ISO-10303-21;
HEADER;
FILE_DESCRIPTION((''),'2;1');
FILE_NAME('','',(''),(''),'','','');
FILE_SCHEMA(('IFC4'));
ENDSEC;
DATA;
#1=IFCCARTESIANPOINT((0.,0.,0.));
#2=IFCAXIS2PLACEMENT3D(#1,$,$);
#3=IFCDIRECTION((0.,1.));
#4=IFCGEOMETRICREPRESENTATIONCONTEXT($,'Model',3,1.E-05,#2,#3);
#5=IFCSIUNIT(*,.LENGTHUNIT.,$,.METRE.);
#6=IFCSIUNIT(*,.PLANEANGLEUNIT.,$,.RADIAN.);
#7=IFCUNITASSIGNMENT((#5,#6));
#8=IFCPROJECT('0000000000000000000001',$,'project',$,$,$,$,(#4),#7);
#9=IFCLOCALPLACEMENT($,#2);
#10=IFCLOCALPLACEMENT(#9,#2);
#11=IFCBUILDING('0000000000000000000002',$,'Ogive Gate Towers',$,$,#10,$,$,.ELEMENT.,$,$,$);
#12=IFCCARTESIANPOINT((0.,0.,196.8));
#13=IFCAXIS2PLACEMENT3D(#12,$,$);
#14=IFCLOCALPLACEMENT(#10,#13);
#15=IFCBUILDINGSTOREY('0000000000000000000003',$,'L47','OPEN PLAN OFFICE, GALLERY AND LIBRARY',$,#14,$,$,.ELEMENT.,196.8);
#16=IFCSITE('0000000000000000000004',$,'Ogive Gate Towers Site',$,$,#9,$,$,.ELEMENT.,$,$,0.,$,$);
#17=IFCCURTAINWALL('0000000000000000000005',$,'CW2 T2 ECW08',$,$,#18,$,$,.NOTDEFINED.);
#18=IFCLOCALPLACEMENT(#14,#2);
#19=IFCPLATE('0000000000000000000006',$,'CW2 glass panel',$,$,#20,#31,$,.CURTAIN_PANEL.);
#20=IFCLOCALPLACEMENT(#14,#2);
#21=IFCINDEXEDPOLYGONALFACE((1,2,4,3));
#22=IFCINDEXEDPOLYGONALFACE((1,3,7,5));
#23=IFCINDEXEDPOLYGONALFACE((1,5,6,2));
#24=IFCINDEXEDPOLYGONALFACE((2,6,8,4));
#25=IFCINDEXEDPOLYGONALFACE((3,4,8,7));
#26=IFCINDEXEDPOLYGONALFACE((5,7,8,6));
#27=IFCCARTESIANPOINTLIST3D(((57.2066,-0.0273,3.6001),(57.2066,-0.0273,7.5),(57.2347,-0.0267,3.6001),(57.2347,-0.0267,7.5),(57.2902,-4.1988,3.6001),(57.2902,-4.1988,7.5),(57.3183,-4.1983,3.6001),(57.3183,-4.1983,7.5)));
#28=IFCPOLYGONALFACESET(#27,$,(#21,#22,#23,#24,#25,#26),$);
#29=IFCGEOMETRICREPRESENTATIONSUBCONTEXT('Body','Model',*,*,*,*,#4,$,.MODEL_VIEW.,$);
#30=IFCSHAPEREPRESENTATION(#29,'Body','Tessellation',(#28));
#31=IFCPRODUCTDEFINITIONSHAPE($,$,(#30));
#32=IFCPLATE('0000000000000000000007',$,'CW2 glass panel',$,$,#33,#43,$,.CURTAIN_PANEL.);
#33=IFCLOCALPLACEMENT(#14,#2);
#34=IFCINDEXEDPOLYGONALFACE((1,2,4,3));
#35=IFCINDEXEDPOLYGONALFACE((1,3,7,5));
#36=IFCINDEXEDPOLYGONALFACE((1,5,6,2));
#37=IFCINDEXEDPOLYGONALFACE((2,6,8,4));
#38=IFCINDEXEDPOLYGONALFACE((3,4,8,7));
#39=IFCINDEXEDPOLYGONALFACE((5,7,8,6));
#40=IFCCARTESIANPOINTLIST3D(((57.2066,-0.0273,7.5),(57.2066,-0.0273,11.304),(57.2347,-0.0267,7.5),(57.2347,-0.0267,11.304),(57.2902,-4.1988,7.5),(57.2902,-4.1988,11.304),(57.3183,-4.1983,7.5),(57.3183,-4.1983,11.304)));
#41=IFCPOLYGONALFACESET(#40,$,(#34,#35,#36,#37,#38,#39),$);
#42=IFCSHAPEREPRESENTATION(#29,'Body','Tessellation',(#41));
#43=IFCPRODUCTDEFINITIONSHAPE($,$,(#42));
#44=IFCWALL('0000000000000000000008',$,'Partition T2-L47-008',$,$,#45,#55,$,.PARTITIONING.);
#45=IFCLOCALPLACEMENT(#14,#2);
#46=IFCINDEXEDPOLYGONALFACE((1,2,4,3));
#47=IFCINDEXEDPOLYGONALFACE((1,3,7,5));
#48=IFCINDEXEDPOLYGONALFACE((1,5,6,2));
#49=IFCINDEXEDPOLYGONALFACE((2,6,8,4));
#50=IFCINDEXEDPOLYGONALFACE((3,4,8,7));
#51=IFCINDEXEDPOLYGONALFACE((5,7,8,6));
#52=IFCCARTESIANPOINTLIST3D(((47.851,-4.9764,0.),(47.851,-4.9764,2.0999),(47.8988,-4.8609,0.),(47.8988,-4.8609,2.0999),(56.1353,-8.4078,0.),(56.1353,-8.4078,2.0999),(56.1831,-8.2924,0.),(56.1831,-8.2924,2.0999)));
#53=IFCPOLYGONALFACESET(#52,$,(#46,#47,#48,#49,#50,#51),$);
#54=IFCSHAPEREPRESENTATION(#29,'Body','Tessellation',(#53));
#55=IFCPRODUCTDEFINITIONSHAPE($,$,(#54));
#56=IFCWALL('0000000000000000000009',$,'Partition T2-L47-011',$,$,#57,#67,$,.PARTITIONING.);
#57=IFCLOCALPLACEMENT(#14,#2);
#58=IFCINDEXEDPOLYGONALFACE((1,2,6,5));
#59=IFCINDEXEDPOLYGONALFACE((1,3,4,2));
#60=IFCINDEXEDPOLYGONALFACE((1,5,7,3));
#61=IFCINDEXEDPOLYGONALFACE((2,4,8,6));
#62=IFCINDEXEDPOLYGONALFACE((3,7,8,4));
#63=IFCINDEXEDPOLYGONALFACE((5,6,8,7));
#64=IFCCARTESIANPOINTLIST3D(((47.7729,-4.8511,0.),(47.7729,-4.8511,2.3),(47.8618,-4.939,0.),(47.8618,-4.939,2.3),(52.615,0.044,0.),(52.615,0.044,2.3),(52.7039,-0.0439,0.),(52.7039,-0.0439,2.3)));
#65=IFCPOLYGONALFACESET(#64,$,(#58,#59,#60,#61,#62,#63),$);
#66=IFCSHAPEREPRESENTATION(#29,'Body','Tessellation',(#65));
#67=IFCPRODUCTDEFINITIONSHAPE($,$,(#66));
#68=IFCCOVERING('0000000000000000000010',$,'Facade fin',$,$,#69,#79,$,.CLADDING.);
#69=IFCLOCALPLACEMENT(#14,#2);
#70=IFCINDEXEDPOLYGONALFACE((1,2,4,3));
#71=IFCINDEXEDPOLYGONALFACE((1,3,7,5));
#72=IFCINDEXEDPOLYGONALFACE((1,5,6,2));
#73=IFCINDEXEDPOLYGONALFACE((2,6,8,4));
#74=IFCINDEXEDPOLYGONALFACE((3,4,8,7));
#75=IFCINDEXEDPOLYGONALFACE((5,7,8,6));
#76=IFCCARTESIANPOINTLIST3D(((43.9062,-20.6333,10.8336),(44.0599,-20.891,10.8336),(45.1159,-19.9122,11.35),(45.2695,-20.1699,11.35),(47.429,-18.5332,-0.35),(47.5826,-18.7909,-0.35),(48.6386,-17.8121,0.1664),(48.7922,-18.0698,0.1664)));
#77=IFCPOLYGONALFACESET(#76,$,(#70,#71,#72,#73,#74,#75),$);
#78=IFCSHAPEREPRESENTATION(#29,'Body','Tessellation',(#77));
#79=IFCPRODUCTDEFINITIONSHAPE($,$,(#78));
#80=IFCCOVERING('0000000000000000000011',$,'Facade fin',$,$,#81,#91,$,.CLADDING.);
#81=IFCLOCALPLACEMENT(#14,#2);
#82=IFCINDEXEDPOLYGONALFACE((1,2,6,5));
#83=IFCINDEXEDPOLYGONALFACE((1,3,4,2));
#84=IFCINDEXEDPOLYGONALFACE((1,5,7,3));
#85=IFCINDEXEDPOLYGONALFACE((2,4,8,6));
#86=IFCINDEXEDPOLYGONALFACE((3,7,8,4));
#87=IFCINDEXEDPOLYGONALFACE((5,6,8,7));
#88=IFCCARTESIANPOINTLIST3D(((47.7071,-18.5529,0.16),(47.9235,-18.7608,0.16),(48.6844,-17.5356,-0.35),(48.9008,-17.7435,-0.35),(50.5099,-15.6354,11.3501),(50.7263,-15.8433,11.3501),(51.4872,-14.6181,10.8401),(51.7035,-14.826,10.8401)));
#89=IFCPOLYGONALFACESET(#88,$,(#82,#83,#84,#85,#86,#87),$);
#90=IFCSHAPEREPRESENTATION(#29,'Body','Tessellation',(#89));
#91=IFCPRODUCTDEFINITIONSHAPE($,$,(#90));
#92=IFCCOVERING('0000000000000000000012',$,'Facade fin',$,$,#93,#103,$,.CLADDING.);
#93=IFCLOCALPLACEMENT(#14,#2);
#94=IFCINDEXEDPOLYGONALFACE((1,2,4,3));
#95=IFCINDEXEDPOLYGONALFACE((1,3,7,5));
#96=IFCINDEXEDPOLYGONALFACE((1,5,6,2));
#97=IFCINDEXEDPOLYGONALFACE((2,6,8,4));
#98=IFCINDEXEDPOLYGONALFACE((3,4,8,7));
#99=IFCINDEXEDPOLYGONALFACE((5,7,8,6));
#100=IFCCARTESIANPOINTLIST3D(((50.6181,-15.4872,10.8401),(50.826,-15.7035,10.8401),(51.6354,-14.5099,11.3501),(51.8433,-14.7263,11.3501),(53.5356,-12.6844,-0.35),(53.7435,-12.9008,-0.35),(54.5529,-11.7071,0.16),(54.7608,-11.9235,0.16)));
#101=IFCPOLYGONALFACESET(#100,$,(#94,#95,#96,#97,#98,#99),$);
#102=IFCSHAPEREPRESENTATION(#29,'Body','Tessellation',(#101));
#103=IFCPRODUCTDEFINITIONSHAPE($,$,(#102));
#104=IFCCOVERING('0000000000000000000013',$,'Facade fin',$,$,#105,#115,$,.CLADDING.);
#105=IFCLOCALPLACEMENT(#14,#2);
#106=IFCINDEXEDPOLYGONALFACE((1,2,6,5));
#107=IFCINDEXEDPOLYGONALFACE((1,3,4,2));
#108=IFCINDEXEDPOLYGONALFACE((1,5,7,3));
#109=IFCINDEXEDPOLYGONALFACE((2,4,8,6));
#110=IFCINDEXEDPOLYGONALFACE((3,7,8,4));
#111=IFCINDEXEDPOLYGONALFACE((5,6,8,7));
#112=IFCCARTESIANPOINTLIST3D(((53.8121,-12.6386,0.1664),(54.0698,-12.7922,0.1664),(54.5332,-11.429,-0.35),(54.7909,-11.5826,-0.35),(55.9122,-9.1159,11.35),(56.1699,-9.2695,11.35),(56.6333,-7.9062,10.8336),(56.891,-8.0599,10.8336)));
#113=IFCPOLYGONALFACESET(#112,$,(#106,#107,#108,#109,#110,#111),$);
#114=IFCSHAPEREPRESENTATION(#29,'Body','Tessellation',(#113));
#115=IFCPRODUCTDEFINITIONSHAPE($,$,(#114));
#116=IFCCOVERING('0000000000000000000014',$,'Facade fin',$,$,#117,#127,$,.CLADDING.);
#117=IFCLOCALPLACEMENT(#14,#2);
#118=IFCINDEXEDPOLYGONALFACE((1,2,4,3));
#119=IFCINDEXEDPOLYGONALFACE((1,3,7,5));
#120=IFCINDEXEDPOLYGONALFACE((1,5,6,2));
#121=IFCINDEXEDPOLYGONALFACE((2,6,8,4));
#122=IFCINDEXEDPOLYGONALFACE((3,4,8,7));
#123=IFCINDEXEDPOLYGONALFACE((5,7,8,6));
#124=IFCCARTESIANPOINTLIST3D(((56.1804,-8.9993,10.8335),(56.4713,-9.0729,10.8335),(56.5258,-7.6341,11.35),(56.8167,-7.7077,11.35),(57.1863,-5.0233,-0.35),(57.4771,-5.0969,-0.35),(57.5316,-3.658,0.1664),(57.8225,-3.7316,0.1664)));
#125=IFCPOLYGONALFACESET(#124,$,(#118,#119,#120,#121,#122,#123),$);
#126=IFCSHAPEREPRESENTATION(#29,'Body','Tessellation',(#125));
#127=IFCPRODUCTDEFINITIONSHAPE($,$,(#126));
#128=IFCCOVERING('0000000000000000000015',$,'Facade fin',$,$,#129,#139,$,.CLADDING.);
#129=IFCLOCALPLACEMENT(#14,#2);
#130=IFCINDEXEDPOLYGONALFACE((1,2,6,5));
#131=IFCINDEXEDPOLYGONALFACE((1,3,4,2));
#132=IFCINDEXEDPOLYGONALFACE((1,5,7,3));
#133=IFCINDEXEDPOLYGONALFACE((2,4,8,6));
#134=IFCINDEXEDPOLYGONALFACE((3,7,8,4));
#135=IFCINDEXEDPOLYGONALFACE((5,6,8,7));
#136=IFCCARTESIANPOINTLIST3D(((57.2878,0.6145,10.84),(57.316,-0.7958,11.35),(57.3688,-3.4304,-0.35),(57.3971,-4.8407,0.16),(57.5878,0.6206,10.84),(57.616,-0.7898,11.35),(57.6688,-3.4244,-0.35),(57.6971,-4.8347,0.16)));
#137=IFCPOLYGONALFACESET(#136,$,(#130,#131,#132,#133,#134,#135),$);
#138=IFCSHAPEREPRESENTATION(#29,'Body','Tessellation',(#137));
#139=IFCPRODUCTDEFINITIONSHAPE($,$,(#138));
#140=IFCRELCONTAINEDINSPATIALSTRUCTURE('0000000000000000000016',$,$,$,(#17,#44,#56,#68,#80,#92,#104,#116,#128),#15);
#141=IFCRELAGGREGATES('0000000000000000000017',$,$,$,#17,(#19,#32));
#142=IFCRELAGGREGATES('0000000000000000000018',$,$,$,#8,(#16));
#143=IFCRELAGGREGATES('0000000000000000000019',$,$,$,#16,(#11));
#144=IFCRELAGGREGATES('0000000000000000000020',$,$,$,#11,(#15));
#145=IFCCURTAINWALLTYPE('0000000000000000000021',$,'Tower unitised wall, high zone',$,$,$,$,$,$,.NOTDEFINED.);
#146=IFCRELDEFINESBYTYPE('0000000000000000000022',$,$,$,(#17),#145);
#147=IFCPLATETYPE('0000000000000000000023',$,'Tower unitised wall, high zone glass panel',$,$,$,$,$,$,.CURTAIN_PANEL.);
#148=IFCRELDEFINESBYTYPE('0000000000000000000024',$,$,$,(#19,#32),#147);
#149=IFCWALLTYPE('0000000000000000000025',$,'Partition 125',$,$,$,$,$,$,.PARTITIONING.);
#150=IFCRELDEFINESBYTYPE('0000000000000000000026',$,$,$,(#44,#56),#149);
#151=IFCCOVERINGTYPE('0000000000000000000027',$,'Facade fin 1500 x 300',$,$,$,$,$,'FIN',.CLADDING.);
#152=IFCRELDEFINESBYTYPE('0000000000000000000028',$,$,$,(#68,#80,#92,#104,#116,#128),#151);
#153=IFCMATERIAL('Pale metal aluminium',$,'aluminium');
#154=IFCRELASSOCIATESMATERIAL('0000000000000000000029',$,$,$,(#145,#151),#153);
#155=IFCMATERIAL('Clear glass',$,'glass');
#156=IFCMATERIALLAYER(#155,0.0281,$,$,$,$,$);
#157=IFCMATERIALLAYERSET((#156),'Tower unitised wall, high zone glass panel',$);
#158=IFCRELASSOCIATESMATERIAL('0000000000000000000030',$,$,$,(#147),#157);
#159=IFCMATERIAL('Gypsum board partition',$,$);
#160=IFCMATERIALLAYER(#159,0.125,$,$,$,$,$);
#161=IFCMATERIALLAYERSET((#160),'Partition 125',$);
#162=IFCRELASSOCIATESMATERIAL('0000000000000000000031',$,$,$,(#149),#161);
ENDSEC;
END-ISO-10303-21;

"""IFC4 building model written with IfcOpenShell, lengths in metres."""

from ifc_helpers import new_model, si_unit, direction, frame, frame_2d, origin, origin_2d, place, context, subcontext, project, spatial, rectangle, extrude, material, layer, layer_set, material_profile, profile_set, type_object, element, aggregate, save


model = new_model("IFC4")

# Units and contexts
model_context = context("Model", 3, precision=1e-05, world=origin(), true_north=direction((0.0, 1.0)))
body_context = subcontext(model_context, "Body", "Model", "MODEL_VIEW")
ifc_project = project(units=[si_unit("LENGTHUNIT", "METRE"), si_unit("PLANEANGLEUNIT", "RADIAN")], contexts=[model_context])

# Site, building, storey
site_placement = place(None, origin())
site = spatial("IfcSite", under=ifc_project, at=site_placement, Name="Ogive Gate Towers Site", CompositionType="ELEMENT", RefElevation=0.0)
building_placement = place(site_placement, origin())
building = spatial("IfcBuilding", under=site, at=building_placement, Name="Ogive Gate Towers", CompositionType="ELEMENT")
storey_placement = place(building_placement, frame((0.0, 0.0, 196.8)))
storey = spatial("IfcBuildingStorey", under=building, at=storey_placement, Name="L47", Description="OPEN PLAN OFFICE, GALLERY AND LIBRARY", CompositionType="ELEMENT", Elevation=196.8)

# Curtain wall
ifc_material_1 = material(Name="Pale metal aluminium", Category="aluminium")
curtain_wall_type = type_object("IfcCurtainWallType", Name="Tower unitised wall, high zone", PredefinedType="NOTDEFINED", material=ifc_material_1)
curtain_wall_1_placement = place(storey_placement, origin())
curtain_wall_1 = element("IfcCurtainWall", 1, at=curtain_wall_1_placement, inside=storey, type_object=curtain_wall_type, Name="CW2 T2 ECW08", PredefinedType="NOTDEFINED")

# Plates
ifc_material_2 = material(Name="Clear glass", Category="glass")
ifc_layer_1 = layer(ifc_material_2, 0.0281)
ifc_layer_set_1 = layer_set([ifc_layer_1], Name="Tower unitised wall, high zone glass panel")
plate_type = type_object("IfcPlateType", Name="Tower unitised wall, high zone glass panel", PredefinedType="CURTAIN_PANEL", material=ifc_layer_set_1)
plate_1_placement = place(storey_placement, frame((57.2625, -2.1128, 3.6001), z_axis=(0.0, 0.0, 1.0), x_axis=(-0.020052, 0.999799, 0.0)))
plate_1 = element("IfcPlate", 2, at=plate_1_placement, type_object=plate_type, Name="CW2 glass panel", PredefinedType="CURTAIN_PANEL", context=body_context, shape_type="SweptSolid", body=[
    extrude(rectangle(XDim=4.1724, YDim=0.0281, at=origin_2d()), origin(), (0.0, 0.0, 1.0), 3.8999),
])
plate_2_placement = place(storey_placement, frame((57.2625, -2.1128, 7.5), z_axis=(0.0, 0.0, 1.0), x_axis=(-0.020052, 0.999799, 0.0)))
plate_2 = element("IfcPlate", 3, at=plate_2_placement, type_object=plate_type, Name="CW2 glass panel", PredefinedType="CURTAIN_PANEL", context=body_context, shape_type="SweptSolid", body=[
    extrude(rectangle(XDim=4.1724, YDim=0.0281, at=origin_2d()), origin(), (0.0, 0.0, 1.0), 3.804),
])
aggregate(curtain_wall_1, [plate_1, plate_2])

# Walls
ifc_material_3 = material(Name="Gypsum board partition")
ifc_layer_2 = layer(ifc_material_3, 0.125)
ifc_layer_set_2 = layer_set([ifc_layer_2], Name="Partition 125")
wall_type = type_object("IfcWallType", Name="Partition 125", PredefinedType="PARTITIONING", material=ifc_layer_set_2)
wall_1_placement = place(storey_placement, frame((56.1592, -8.3501, 0.0), z_axis=(0.0, 0.0, 1.0), x_axis=(-0.92388, 0.382681, 0.0)))
element("IfcWall", 4, at=wall_1_placement, inside=storey, type_object=wall_type, Name="Partition T2-L47-008", PredefinedType="PARTITIONING", context=body_context, shape_type="SweptSolid", body=[
    extrude(rectangle(XDim=8.9668, YDim=0.125, at=frame_2d((4.4834, 0.0))), origin(), (0.0, 0.0, 1.0), 2.0999),
])
wall_2_placement = place(storey_placement, frame((47.8174, -4.895, 0.0), z_axis=(0.0, 0.0, 1.0), x_axis=(0.703249, 0.710944, 0.0)))
element("IfcWall", 5, at=wall_2_placement, inside=storey, type_object=wall_type, Name="Partition T2-L47-011", PredefinedType="PARTITIONING", context=body_context, shape_type="SweptSolid", body=[
    extrude(rectangle(XDim=6.8853, YDim=0.125, at=frame_2d((3.4426, 0.0))), origin(), (0.0, 0.0, 1.0), 2.3),
])

# Coverings
ifc_material_profile_1 = material_profile(ifc_material_1, rectangle(XDim=0.3, YDim=1.5, at=origin_2d()), Name="1500 x 300 pale metal aluminium")
ifc_profile_set_1 = profile_set([ifc_material_profile_1], Name="Pale metal aluminium")
covering_type = type_object("IfcCoveringType", Name="Facade fin 1500 x 300", ElementType="FIN", PredefinedType="CLADDING", material=ifc_profile_set_1)
covering_1_placement = place(storey_placement, frame((48.1106, -18.3015, -0.0918), z_axis=(-0.295731, -0.176303, 0.938861), x_axis=(0.512069, -0.858944, 0.0)))
element("IfcCovering", 6, at=covering_1_placement, inside=storey, type_object=covering_type, Name="Facade fin", PredefinedType="CLADDING", context=body_context, shape_type="SweptSolid", body=[
    extrude(rectangle(XDim=0.3, YDim=1.5, at=origin_2d()), origin(), (0.0, 0.0, 1.0), 11.9119),
])
for number, where, z_axis, x_axis, name in (
    (7, (48.304, -18.1482, -0.095), (0.235547, 0.245191, 0.940425), (-0.721146, 0.692783, 0.0), "Facade fin"),
    (8, (54.1482, -12.304, -0.095), (-0.245191, -0.235547, 0.940425), (0.692783, -0.721146, 0.0), "Facade fin"),
):
    element("IfcCovering", number, at=place(storey_placement, frame(where, z_axis=z_axis, x_axis=x_axis)), inside=storey, type_object=covering_type, Name=name, PredefinedType="CLADDING", context=body_context, shape_type="SweptSolid", body=[
        extrude(rectangle(XDim=0.3, YDim=1.5, at=origin_2d()), origin(), (0.0, 0.0, 1.0), 11.8989),
    ])
for number, where, z_axis, x_axis, name in (
    (9, (54.3015, -12.1106, -0.0918), (0.176303, 0.295731, 0.938861), (-0.858944, 0.512069, 0.0), "Facade fin"),
    (10, (57.5044, -4.3774, -0.0918), (-0.084441, -0.33379, 0.938858), (0.969459, -0.245252, 0.0), "Facade fin"),
):
    element("IfcCovering", number, at=place(storey_placement, frame(where, z_axis=z_axis, x_axis=x_axis)), inside=storey, type_object=covering_type, Name=name, PredefinedType="CLADDING", context=body_context, shape_type="SweptSolid", body=[
        extrude(rectangle(XDim=0.3, YDim=1.5, at=origin_2d()), origin(), (0.0, 0.0, 1.0), 11.9119),
    ])
covering_2_placement = place(storey_placement, frame((57.533, -4.1326, -0.095), z_axis=(-0.006812, 0.339942, 0.940422), x_axis=(-0.999799, -0.020035, 0.0)))
element("IfcCovering", 11, at=covering_2_placement, inside=storey, type_object=covering_type, Name="Facade fin", PredefinedType="CLADDING", context=body_context, shape_type="SweptSolid", body=[
    extrude(rectangle(XDim=0.3, YDim=1.5, at=origin_2d()), origin(), (0.0, 0.0, 1.0), 11.8989),
])

save(model, "model.ifc")
